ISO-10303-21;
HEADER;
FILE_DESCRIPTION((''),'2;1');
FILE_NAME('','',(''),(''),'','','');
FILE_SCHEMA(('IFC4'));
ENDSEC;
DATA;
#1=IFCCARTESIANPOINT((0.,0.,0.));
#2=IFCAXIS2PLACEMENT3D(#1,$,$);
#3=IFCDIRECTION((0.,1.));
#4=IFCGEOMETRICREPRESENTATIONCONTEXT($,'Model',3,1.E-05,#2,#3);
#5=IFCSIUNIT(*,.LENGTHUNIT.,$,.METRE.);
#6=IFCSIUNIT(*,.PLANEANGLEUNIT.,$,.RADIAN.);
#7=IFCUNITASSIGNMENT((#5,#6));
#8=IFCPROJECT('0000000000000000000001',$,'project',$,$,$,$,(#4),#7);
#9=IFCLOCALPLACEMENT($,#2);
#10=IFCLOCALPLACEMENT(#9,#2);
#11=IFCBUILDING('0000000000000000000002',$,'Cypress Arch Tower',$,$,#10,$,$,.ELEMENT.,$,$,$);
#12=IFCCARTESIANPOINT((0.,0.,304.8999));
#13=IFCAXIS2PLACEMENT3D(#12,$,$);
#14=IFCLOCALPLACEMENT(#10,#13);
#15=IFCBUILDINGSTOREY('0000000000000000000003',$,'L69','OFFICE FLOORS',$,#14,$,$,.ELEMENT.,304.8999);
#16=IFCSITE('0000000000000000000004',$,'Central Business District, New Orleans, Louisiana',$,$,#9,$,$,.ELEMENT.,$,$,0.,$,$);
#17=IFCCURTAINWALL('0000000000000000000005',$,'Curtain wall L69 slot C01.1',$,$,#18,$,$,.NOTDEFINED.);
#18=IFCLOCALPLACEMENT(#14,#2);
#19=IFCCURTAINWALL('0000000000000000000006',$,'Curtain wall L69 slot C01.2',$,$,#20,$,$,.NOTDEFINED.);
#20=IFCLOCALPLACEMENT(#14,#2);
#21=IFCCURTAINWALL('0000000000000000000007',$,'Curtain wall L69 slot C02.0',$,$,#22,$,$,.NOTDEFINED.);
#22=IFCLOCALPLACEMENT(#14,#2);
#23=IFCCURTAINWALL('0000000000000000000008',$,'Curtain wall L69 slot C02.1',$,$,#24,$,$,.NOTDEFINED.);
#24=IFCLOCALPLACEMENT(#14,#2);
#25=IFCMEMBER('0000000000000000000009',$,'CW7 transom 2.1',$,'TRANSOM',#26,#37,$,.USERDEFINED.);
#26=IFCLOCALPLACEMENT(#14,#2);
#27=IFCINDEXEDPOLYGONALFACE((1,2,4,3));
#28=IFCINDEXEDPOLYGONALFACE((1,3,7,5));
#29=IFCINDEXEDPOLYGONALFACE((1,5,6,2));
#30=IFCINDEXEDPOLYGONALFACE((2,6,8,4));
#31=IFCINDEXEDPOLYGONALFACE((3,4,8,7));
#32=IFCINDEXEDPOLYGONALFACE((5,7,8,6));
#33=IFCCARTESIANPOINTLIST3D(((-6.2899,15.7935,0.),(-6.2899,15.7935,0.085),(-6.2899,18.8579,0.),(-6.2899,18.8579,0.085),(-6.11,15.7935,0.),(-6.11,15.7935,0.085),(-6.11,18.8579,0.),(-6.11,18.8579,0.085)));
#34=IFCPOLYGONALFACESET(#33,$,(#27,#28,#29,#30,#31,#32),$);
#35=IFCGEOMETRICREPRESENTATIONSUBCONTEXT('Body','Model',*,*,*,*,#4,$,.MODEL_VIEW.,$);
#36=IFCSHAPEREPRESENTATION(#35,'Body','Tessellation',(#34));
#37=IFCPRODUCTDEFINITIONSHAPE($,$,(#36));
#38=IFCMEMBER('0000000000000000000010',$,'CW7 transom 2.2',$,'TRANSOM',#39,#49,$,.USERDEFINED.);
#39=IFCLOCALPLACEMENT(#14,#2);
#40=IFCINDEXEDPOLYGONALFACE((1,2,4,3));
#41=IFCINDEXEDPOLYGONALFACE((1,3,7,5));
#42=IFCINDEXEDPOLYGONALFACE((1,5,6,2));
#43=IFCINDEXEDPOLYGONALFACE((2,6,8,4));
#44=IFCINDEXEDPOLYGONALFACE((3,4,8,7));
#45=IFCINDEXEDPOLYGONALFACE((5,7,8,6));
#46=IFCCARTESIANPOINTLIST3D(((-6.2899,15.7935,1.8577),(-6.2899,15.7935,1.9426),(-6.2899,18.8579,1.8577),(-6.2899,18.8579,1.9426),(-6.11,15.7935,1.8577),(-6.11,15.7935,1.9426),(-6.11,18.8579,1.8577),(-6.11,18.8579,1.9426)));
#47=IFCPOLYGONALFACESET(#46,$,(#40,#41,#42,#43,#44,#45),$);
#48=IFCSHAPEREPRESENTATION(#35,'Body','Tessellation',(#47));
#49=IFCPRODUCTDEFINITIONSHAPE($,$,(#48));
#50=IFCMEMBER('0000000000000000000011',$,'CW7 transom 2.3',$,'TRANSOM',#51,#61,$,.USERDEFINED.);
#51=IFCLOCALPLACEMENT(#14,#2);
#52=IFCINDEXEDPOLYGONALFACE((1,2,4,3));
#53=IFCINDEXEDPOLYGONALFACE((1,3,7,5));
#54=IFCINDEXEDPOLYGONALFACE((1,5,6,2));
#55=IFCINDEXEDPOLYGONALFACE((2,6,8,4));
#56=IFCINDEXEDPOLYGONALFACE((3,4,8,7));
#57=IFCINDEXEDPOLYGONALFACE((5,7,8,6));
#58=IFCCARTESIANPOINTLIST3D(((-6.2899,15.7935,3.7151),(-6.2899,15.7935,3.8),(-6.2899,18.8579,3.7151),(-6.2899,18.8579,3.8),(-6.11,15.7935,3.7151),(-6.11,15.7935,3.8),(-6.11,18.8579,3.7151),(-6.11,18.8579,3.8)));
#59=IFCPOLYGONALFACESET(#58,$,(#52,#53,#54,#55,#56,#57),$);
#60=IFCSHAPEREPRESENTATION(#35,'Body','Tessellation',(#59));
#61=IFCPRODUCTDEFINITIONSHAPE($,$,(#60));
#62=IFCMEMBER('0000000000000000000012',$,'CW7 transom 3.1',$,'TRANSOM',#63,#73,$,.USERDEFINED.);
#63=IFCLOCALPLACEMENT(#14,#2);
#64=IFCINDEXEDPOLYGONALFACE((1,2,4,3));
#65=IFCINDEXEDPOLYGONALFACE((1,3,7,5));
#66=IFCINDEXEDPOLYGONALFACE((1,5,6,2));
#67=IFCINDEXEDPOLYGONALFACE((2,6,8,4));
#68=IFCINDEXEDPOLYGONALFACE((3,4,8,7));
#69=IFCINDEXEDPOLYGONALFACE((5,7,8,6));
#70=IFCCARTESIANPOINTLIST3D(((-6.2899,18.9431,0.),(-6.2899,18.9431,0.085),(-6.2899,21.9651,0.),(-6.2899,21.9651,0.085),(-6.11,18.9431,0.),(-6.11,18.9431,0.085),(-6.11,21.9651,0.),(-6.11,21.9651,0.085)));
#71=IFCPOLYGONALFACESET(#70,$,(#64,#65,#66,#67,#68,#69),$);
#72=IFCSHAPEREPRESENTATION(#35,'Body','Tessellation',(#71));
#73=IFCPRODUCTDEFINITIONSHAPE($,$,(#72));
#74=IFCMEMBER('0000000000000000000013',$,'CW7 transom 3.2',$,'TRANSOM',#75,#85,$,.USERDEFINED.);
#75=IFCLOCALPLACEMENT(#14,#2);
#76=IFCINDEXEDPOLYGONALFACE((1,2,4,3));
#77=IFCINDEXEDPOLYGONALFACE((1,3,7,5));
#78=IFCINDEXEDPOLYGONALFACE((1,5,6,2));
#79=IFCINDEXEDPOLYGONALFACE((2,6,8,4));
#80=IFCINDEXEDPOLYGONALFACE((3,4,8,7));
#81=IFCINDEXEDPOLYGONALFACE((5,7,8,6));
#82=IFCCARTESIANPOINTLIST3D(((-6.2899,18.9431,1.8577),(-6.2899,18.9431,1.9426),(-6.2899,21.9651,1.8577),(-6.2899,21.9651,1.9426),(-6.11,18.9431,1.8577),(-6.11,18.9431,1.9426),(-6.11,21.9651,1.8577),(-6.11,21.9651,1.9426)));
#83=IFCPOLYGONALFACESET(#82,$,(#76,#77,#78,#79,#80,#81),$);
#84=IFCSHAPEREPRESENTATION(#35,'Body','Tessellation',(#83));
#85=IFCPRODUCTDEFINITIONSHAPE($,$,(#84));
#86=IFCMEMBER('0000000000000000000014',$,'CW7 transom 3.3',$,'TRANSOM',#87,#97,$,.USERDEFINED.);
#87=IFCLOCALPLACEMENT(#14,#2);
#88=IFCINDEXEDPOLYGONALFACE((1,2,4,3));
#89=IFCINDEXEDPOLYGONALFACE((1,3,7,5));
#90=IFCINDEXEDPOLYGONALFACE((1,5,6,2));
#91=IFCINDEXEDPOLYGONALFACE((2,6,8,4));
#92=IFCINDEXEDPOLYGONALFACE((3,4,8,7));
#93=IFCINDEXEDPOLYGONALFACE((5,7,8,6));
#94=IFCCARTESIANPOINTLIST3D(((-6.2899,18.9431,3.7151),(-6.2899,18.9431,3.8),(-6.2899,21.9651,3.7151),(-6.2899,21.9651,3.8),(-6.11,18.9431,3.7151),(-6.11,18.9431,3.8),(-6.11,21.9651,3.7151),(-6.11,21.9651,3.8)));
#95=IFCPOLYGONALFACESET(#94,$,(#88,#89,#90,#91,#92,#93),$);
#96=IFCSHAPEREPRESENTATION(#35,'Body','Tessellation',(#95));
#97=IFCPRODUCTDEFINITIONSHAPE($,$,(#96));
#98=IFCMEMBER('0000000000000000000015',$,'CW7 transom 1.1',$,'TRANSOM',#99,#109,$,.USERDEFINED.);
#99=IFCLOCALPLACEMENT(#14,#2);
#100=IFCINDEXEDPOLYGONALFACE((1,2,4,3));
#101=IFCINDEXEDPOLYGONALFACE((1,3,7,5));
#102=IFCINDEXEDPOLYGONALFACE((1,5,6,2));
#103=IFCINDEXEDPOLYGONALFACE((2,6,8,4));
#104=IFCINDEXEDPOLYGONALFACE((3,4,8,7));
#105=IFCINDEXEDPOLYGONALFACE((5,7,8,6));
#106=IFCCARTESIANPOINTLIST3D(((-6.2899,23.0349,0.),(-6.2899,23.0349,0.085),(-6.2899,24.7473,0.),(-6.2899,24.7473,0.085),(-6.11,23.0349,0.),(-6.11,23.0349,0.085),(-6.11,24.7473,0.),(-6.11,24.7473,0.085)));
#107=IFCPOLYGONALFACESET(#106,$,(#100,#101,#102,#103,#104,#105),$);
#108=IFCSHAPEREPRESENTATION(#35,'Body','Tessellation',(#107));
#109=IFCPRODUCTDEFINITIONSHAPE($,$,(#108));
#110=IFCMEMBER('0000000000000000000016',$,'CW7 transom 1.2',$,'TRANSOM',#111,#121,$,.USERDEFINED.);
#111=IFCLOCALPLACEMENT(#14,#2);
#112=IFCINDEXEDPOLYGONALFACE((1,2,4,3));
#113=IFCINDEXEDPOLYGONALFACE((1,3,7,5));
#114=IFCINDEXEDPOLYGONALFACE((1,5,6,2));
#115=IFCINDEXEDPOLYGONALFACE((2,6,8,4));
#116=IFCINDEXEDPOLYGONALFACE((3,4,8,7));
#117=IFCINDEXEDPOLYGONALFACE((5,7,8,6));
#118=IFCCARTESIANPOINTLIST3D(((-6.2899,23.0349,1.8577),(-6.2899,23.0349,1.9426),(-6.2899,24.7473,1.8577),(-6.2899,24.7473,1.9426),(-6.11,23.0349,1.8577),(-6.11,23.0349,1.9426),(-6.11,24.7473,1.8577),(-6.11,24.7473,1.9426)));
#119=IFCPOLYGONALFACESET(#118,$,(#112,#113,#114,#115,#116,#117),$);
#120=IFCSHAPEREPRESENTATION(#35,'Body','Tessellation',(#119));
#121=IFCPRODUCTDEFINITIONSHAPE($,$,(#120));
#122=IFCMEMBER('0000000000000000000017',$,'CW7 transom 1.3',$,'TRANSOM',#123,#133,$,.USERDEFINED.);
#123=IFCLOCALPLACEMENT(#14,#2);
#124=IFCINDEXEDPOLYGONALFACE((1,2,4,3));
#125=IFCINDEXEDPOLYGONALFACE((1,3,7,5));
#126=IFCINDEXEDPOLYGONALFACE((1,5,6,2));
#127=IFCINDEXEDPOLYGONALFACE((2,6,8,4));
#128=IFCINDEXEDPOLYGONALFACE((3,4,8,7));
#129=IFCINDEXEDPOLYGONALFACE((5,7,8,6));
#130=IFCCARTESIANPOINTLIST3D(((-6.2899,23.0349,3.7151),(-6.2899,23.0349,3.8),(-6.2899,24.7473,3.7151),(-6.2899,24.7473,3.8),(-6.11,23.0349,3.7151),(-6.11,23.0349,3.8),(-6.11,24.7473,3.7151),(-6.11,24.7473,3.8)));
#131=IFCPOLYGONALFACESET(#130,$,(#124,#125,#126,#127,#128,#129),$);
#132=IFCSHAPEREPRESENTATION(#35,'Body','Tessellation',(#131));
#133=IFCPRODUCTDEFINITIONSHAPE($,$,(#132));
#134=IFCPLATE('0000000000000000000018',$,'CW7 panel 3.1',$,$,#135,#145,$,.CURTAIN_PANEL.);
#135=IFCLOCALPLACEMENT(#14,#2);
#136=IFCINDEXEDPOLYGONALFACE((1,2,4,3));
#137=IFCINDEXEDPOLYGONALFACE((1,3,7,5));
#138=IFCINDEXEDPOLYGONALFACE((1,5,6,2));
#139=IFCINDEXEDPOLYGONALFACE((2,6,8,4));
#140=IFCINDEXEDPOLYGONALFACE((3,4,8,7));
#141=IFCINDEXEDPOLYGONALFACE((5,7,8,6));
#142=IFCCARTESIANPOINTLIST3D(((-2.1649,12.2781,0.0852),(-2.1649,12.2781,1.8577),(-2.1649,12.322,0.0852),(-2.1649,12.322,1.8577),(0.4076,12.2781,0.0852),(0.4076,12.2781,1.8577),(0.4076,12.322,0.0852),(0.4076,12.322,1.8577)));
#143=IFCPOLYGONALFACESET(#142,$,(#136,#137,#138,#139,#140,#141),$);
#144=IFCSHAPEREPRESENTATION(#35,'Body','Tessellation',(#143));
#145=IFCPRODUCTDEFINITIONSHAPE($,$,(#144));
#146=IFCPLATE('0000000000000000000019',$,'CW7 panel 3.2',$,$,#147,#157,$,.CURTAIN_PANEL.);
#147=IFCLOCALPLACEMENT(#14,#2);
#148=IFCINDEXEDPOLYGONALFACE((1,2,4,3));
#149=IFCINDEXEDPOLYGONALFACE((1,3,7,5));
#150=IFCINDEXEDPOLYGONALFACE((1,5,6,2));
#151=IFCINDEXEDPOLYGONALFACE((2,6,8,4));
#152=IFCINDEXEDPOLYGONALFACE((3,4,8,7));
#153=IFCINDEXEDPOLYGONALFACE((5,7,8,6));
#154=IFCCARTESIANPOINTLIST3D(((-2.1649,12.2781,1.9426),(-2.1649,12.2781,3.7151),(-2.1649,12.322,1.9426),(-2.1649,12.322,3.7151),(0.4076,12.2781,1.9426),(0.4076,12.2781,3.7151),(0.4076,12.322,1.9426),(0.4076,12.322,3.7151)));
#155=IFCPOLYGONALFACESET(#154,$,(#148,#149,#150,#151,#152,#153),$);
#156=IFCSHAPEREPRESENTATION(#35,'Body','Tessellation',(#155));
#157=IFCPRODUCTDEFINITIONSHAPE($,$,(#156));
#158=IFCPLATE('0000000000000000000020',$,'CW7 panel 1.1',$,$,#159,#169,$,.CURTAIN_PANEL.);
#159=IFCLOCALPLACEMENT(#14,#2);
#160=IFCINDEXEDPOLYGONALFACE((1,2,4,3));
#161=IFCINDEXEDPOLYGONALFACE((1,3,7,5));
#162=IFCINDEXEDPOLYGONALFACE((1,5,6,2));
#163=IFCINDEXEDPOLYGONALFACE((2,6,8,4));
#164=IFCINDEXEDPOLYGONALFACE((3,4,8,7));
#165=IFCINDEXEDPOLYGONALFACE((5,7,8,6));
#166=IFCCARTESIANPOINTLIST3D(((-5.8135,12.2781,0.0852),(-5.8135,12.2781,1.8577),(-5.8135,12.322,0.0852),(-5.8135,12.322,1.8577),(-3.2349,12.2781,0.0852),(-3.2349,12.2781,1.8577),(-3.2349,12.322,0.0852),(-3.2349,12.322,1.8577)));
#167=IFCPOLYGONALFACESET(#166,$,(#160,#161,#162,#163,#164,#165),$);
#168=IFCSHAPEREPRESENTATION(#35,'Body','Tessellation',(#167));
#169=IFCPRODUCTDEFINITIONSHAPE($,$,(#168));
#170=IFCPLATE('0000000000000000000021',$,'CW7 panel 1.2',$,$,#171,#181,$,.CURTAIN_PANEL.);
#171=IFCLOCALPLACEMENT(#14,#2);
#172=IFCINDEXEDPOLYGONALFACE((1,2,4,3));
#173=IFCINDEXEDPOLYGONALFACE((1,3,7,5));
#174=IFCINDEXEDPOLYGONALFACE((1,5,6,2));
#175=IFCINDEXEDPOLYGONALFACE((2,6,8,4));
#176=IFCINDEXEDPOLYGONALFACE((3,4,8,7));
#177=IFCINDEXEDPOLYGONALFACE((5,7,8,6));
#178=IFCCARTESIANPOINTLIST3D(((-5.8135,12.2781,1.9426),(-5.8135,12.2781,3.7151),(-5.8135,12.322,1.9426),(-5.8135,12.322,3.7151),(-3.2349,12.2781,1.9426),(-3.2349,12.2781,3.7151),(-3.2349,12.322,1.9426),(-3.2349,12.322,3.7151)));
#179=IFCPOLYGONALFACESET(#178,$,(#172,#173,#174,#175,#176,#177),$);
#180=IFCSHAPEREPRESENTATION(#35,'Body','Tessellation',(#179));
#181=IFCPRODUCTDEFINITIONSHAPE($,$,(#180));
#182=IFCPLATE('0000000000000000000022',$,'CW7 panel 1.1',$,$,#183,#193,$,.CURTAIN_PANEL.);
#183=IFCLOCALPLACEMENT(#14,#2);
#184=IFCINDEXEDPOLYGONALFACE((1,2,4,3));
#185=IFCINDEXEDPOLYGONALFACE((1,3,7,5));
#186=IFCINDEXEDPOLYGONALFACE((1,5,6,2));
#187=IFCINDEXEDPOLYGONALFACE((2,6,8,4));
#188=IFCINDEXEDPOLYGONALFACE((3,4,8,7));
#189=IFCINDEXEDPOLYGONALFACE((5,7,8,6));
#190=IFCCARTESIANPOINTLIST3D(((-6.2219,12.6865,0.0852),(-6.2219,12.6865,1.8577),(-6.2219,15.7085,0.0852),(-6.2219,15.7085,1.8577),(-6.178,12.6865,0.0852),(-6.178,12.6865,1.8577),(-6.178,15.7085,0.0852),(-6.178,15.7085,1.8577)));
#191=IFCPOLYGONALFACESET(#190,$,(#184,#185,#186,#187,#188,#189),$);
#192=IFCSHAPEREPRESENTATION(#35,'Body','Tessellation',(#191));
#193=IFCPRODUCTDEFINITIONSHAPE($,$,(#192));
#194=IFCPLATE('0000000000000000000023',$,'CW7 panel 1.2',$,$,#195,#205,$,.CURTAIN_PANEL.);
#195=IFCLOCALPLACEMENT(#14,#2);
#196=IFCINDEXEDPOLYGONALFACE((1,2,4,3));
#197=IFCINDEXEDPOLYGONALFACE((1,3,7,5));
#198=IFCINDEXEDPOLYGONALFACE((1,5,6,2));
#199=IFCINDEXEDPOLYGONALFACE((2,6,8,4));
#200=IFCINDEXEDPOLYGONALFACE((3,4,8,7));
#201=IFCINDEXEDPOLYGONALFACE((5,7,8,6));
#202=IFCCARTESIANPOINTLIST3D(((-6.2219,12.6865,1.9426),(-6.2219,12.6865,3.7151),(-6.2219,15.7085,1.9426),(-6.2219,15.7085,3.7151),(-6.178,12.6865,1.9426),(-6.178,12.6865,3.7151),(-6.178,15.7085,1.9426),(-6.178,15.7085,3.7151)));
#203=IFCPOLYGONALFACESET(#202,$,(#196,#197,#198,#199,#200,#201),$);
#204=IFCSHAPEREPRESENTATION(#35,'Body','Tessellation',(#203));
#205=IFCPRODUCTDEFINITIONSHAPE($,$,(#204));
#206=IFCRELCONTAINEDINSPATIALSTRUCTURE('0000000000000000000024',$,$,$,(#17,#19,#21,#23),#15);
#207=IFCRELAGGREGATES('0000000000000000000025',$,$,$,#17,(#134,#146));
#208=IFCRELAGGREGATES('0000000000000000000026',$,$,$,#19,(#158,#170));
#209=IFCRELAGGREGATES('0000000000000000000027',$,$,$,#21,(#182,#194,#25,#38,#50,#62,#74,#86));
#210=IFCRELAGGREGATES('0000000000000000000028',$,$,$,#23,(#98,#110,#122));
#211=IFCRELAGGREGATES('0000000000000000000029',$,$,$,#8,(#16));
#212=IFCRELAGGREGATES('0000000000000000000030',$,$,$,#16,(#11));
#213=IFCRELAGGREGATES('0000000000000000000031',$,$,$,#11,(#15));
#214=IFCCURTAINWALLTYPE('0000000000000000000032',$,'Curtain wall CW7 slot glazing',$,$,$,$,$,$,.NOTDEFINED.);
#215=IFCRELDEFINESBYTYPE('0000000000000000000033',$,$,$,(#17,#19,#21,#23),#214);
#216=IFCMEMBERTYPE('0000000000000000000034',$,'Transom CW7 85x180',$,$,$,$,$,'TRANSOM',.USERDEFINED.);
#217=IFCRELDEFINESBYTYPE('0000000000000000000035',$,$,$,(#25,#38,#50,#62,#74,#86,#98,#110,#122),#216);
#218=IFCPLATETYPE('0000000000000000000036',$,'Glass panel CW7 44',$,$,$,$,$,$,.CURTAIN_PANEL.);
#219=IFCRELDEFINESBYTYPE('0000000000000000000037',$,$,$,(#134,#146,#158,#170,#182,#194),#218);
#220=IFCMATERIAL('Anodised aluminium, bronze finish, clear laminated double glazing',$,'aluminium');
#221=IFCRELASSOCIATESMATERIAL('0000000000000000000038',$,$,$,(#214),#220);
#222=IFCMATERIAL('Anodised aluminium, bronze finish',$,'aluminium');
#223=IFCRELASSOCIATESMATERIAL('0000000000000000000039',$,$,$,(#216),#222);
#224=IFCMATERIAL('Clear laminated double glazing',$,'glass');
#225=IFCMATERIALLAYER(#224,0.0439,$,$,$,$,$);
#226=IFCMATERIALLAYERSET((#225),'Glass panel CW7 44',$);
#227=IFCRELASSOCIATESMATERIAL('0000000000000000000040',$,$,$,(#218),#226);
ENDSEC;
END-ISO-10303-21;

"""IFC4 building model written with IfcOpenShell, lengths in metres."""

from ifc_helpers import new_model, si_unit, direction, frame, origin, origin_2d, place, context, subcontext, project, spatial, rectangle, extrude, material, layer, layer_set, material_profile, profile_set, type_object, element, aggregate, save


model = new_model("IFC4")

# Units and contexts
model_context = context("Model", 3, precision=1e-05, world=origin(), true_north=direction((0.0, 1.0)))
body_context = subcontext(model_context, "Body", "Model", "MODEL_VIEW")
ifc_project = project(units=[si_unit("LENGTHUNIT", "METRE"), si_unit("PLANEANGLEUNIT", "RADIAN")], contexts=[model_context])

# Site, building, storey
site_placement = place(None, origin())
site = spatial("IfcSite", under=ifc_project, at=site_placement, Name="Central Business District, New Orleans, Louisiana", CompositionType="ELEMENT", RefElevation=0.0)
building_placement = place(site_placement, origin())
building = spatial("IfcBuilding", under=site, at=building_placement, Name="Cypress Arch Tower", CompositionType="ELEMENT")
storey_placement = place(building_placement, frame((0.0, 0.0, 304.8999)))
storey = spatial("IfcBuildingStorey", under=building, at=storey_placement, Name="L69", Description="OFFICE FLOORS", CompositionType="ELEMENT", Elevation=304.8999)

# Curtain wall
ifc_material_1 = material(Name="Anodised aluminium, bronze finish, clear laminated double glazing", Category="aluminium")
curtain_wall_type = type_object("IfcCurtainWallType", Name="Curtain wall CW7 slot glazing", PredefinedType="NOTDEFINED", material=ifc_material_1)
curtain_wall_1_placement = place(storey_placement, origin())
curtain_wall_1 = element("IfcCurtainWall", 1, at=curtain_wall_1_placement, inside=storey, type_object=curtain_wall_type, Name="Curtain wall L69 slot C01.1", PredefinedType="NOTDEFINED")

# Curtain walls
curtain_wall_2_placement = place(storey_placement, origin())
curtain_wall_2 = element("IfcCurtainWall", 2, at=curtain_wall_2_placement, inside=storey, type_object=curtain_wall_type, Name="Curtain wall L69 slot C01.2", PredefinedType="NOTDEFINED")
curtain_wall_3_placement = place(storey_placement, origin())
curtain_wall_3 = element("IfcCurtainWall", 3, at=curtain_wall_3_placement, inside=storey, type_object=curtain_wall_type, Name="Curtain wall L69 slot C02.0", PredefinedType="NOTDEFINED")
curtain_wall_4_placement = place(storey_placement, origin())
curtain_wall_4 = element("IfcCurtainWall", 4, at=curtain_wall_4_placement, inside=storey, type_object=curtain_wall_type, Name="Curtain wall L69 slot C02.1", PredefinedType="NOTDEFINED")

# Members
ifc_material_2 = material(Name="Anodised aluminium, bronze finish", Category="aluminium")
ifc_material_profile_1 = material_profile(ifc_material_2, rectangle(XDim=0.1799, YDim=0.085, at=origin_2d()), Name="Transom 85x180")
ifc_profile_set_1 = profile_set([ifc_material_profile_1], Name="Anodised aluminium, bronze finish")
member_type_1 = type_object("IfcMemberType", Name="Transom CW7 85x180", ElementType="TRANSOM", PredefinedType="USERDEFINED", material=ifc_profile_set_1)
member_1_placement = place(storey_placement, frame((-6.2, 15.7935, 0.0425), z_axis=(0.0, 1.0, 0.0), x_axis=(-1.0, 0.0, 0.0)))
member_1 = element("IfcMember", 5, at=member_1_placement, type_object=member_type_1, Name="CW7 transom 2.1", ObjectType="TRANSOM", PredefinedType="USERDEFINED", context=body_context, shape_type="SweptSolid", body=[
    extrude(rectangle(XDim=0.1799, YDim=0.085, at=origin_2d()), origin(), (0.0, 0.0, 1.0), 3.0645),
])
member_2_placement = place(storey_placement, frame((-6.2, 15.7935, 1.9001), z_axis=(0.0, 1.0, 0.0), x_axis=(-1.0, 0.0, 0.0)))
member_2 = element("IfcMember", 6, at=member_2_placement, type_object=member_type_1, Name="CW7 transom 2.2", ObjectType="TRANSOM", PredefinedType="USERDEFINED", context=body_context, shape_type="SweptSolid", body=[
    extrude(rectangle(XDim=0.1799, YDim=0.085, at=origin_2d()), origin(), (0.0, 0.0, 1.0), 3.0645),
])
member_3_placement = place(storey_placement, frame((-6.2, 15.7935, 3.7576), z_axis=(0.0, 1.0, 0.0), x_axis=(-1.0, 0.0, 0.0)))
member_3 = element("IfcMember", 7, at=member_3_placement, type_object=member_type_1, Name="CW7 transom 2.3", ObjectType="TRANSOM", PredefinedType="USERDEFINED", context=body_context, shape_type="SweptSolid", body=[
    extrude(rectangle(XDim=0.1799, YDim=0.085, at=origin_2d()), origin(), (0.0, 0.0, 1.0), 3.0645),
])
member_4_placement = place(storey_placement, frame((-6.2, 18.9431, 0.0425), z_axis=(0.0, 1.0, 0.0), x_axis=(-1.0, 0.0, 0.0)))
member_4 = element("IfcMember", 8, at=member_4_placement, type_object=member_type_1, Name="CW7 transom 3.1", ObjectType="TRANSOM", PredefinedType="USERDEFINED", context=body_context, shape_type="SweptSolid", body=[
    extrude(rectangle(XDim=0.1799, YDim=0.085, at=origin_2d()), origin(), (0.0, 0.0, 1.0), 3.022),
])
member_5_placement = place(storey_placement, frame((-6.2, 18.9431, 1.9001), z_axis=(0.0, 1.0, 0.0), x_axis=(-1.0, 0.0, 0.0)))
member_5 = element("IfcMember", 9, at=member_5_placement, type_object=member_type_1, Name="CW7 transom 3.2", ObjectType="TRANSOM", PredefinedType="USERDEFINED", context=body_context, shape_type="SweptSolid", body=[
    extrude(rectangle(XDim=0.1799, YDim=0.085, at=origin_2d()), origin(), (0.0, 0.0, 1.0), 3.022),
])
member_6_placement = place(storey_placement, frame((-6.2, 18.9431, 3.7576), z_axis=(0.0, 1.0, 0.0), x_axis=(-1.0, 0.0, 0.0)))
member_6 = element("IfcMember", 10, at=member_6_placement, type_object=member_type_1, Name="CW7 transom 3.3", ObjectType="TRANSOM", PredefinedType="USERDEFINED", context=body_context, shape_type="SweptSolid", body=[
    extrude(rectangle(XDim=0.1799, YDim=0.085, at=origin_2d()), origin(), (0.0, 0.0, 1.0), 3.022),
])
member_7_placement = place(storey_placement, frame((-6.2, 23.0349, 0.0425), z_axis=(0.0, 1.0, 0.0), x_axis=(-1.0, 0.0, 0.0)))
member_7 = element("IfcMember", 11, at=member_7_placement, type_object=member_type_1, Name="CW7 transom 1.1", ObjectType="TRANSOM", PredefinedType="USERDEFINED", context=body_context, shape_type="SweptSolid", body=[
    extrude(rectangle(XDim=0.1799, YDim=0.085, at=origin_2d()), origin(), (0.0, 0.0, 1.0), 1.7124),
])
member_8_placement = place(storey_placement, frame((-6.2, 23.0349, 1.9001), z_axis=(0.0, 1.0, 0.0), x_axis=(-1.0, 0.0, 0.0)))
member_8 = element("IfcMember", 12, at=member_8_placement, type_object=member_type_1, Name="CW7 transom 1.2", ObjectType="TRANSOM", PredefinedType="USERDEFINED", context=body_context, shape_type="SweptSolid", body=[
    extrude(rectangle(XDim=0.1799, YDim=0.085, at=origin_2d()), origin(), (0.0, 0.0, 1.0), 1.7124),
])
member_9_placement = place(storey_placement, frame((-6.2, 23.0349, 3.7576), z_axis=(0.0, 1.0, 0.0), x_axis=(-1.0, 0.0, 0.0)))
member_9 = element("IfcMember", 13, at=member_9_placement, type_object=member_type_1, Name="CW7 transom 1.3", ObjectType="TRANSOM", PredefinedType="USERDEFINED", context=body_context, shape_type="SweptSolid", body=[
    extrude(rectangle(XDim=0.1799, YDim=0.085, at=origin_2d()), origin(), (0.0, 0.0, 1.0), 1.7124),
])

# Plates
ifc_material_3 = material(Name="Clear laminated double glazing", Category="glass")
ifc_layer_1 = layer(ifc_material_3, 0.0439)
ifc_layer_set_1 = layer_set([ifc_layer_1], Name="Glass panel CW7 44")
plate_type = type_object("IfcPlateType", Name="Glass panel CW7 44", PredefinedType="CURTAIN_PANEL", material=ifc_layer_set_1)
plate_1_placement = place(storey_placement, frame((-0.8787, 12.3, 0.0852), z_axis=(0.0, 0.0, 1.0), x_axis=(-1.0, 0.0, 0.0)))
plate_1 = element("IfcPlate", 14, at=plate_1_placement, type_object=plate_type, Name="CW7 panel 3.1", PredefinedType="CURTAIN_PANEL", context=body_context, shape_type="SweptSolid", body=[
    extrude(rectangle(XDim=2.5725, YDim=0.0439, at=origin_2d()), origin(), (0.0, 0.0, 1.0), 1.7725),
])
plate_2_placement = place(storey_placement, frame((-0.8787, 12.3, 1.9426), z_axis=(0.0, 0.0, 1.0), x_axis=(-1.0, 0.0, 0.0)))
plate_2 = element("IfcPlate", 15, at=plate_2_placement, type_object=plate_type, Name="CW7 panel 3.2", PredefinedType="CURTAIN_PANEL", context=body_context, shape_type="SweptSolid", body=[
    extrude(rectangle(XDim=2.5725, YDim=0.0439, at=origin_2d()), origin(), (0.0, 0.0, 1.0), 1.7725),
])
aggregate(curtain_wall_1, [plate_1, plate_2])
plate_3_placement = place(storey_placement, frame((-4.5242, 12.3, 0.0852), z_axis=(0.0, 0.0, 1.0), x_axis=(-1.0, 0.0, 0.0)))
plate_3 = element("IfcPlate", 16, at=plate_3_placement, type_object=plate_type, Name="CW7 panel 1.1", PredefinedType="CURTAIN_PANEL", context=body_context, shape_type="SweptSolid", body=[
    extrude(rectangle(XDim=2.5786, YDim=0.0439, at=origin_2d()), origin(), (0.0, 0.0, 1.0), 1.7725),
])
plate_4_placement = place(storey_placement, frame((-4.5242, 12.3, 1.9426), z_axis=(0.0, 0.0, 1.0), x_axis=(-1.0, 0.0, 0.0)))
plate_4 = element("IfcPlate", 17, at=plate_4_placement, type_object=plate_type, Name="CW7 panel 1.2", PredefinedType="CURTAIN_PANEL", context=body_context, shape_type="SweptSolid", body=[
    extrude(rectangle(XDim=2.5786, YDim=0.0439, at=origin_2d()), origin(), (0.0, 0.0, 1.0), 1.7725),
])
aggregate(curtain_wall_2, [plate_3, plate_4])
plate_5_placement = place(storey_placement, frame((-6.2, 14.1975, 0.0852), z_axis=(0.0, 0.0, 1.0), x_axis=(0.0, 1.0, 0.0)))
plate_5 = element("IfcPlate", 18, at=plate_5_placement, type_object=plate_type, Name="CW7 panel 1.1", PredefinedType="CURTAIN_PANEL", context=body_context, shape_type="SweptSolid", body=[
    extrude(rectangle(XDim=3.022, YDim=0.0439, at=origin_2d()), origin(), (0.0, 0.0, 1.0), 1.7725),
])
plate_6_placement = place(storey_placement, frame((-6.2, 14.1975, 1.9426), z_axis=(0.0, 0.0, 1.0), x_axis=(0.0, 1.0, 0.0)))
plate_6 = element("IfcPlate", 19, at=plate_6_placement, type_object=plate_type, Name="CW7 panel 1.2", PredefinedType="CURTAIN_PANEL", context=body_context, shape_type="SweptSolid", body=[
    extrude(rectangle(XDim=3.022, YDim=0.0439, at=origin_2d()), origin(), (0.0, 0.0, 1.0), 1.7725),
])
aggregate(curtain_wall_3, [plate_5, plate_6, member_1, member_2, member_3, member_4, member_5, member_6])
aggregate(curtain_wall_4, [member_7, member_8, member_9])

save(model, "model.ifc")
